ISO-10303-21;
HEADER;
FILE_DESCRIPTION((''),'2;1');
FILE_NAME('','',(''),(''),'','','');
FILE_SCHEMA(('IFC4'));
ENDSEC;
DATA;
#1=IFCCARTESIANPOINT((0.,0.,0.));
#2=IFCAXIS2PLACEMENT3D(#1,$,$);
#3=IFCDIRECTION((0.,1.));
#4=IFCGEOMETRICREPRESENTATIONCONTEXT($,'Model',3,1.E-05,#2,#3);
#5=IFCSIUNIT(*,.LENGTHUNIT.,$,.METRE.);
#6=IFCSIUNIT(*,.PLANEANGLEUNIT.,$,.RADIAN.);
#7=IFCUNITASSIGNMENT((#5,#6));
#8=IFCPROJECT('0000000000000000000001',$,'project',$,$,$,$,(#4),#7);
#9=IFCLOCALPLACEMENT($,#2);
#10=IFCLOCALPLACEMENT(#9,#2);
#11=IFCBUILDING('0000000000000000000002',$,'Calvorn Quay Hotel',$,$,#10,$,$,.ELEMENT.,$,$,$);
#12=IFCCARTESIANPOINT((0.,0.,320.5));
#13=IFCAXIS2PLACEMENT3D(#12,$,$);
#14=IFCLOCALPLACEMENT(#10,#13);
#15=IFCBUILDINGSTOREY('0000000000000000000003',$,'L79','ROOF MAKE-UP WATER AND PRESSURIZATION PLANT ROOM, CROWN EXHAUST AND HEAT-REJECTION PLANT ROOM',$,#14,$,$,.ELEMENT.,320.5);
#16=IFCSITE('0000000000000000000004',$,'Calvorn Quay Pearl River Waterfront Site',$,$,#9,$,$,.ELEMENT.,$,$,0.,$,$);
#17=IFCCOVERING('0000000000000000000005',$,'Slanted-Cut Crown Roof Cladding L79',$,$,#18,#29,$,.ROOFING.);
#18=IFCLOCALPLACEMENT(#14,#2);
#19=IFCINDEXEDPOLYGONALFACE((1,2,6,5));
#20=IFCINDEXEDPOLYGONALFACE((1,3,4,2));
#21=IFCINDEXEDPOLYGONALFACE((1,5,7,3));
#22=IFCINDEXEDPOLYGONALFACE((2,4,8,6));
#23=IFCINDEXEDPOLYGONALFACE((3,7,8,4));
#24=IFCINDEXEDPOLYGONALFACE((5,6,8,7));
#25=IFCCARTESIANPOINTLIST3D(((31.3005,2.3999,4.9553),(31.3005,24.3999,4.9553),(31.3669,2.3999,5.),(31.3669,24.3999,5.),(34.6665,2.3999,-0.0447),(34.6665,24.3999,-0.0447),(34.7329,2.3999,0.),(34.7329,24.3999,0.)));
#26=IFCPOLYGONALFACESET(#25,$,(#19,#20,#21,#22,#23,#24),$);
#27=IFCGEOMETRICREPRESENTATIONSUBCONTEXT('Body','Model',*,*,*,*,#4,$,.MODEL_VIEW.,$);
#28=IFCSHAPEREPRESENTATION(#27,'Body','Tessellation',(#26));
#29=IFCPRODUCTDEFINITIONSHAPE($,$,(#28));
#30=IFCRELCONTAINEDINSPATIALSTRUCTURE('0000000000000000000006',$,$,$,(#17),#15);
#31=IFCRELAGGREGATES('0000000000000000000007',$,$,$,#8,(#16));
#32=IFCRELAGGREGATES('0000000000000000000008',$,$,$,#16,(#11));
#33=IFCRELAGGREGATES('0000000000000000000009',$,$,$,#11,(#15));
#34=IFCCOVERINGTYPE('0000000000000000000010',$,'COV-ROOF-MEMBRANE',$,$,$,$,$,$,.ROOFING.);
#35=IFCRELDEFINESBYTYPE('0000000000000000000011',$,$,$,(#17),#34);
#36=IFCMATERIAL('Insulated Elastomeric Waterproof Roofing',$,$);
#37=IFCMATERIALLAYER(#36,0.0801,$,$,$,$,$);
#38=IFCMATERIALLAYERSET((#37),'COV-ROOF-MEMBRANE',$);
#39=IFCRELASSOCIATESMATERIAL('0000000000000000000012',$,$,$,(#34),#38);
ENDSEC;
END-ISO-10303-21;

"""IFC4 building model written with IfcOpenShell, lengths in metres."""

from ifc_helpers import new_model, si_unit, direction, frame, origin, place, context, subcontext, project, spatial, polyline, outline, extrude, material, layer, layer_set, type_object, element, save


model = new_model("IFC4")

# Units and contexts
model_context = context("Model", 3, precision=1e-05, world=origin(), true_north=direction((0.0, 1.0)))
body_context = subcontext(model_context, "Body", "Model", "MODEL_VIEW")
ifc_project = project(units=[si_unit("LENGTHUNIT", "METRE"), si_unit("PLANEANGLEUNIT", "RADIAN")], contexts=[model_context])

# Site, building, storey
site_placement = place(None, origin())
site = spatial("IfcSite", under=ifc_project, at=site_placement, Name="Calvorn Quay Pearl River Waterfront Site", CompositionType="ELEMENT", RefElevation=0.0)
building_placement = place(site_placement, origin())
building = spatial("IfcBuilding", under=site, at=building_placement, Name="Calvorn Quay Hotel", CompositionType="ELEMENT")
storey_placement = place(building_placement, frame((0.0, 0.0, 320.5)))
storey = spatial("IfcBuildingStorey", under=building, at=storey_placement, Name="L79", Description="ROOF MAKE-UP WATER AND PRESSURIZATION PLANT ROOM, CROWN EXHAUST AND HEAT-REJECTION PLANT ROOM", CompositionType="ELEMENT", Elevation=320.5)

# Covering
ifc_material_1 = material(Name="Insulated Elastomeric Waterproof Roofing")
ifc_layer_1 = layer(ifc_material_1, 0.0801)
ifc_layer_set_1 = layer_set([ifc_layer_1], Name="COV-ROOF-MEMBRANE")
covering_type = type_object("IfcCoveringType", Name="COV-ROOF-MEMBRANE", PredefinedType="ROOFING", material=ifc_layer_set_1)
covering_placement = place(storey_placement, frame((31.3669, 2.3999, 5.0), z_axis=(0.829543, 0.0, 0.558443), x_axis=(0.558443, 0.0, -0.829543)))
element("IfcCovering", 1, at=covering_placement, inside=storey, type_object=covering_type, Name="Slanted-Cut Crown Roof Cladding L79", PredefinedType="ROOFING", context=body_context, shape_type="SweptSolid", body=[
    extrude(outline(polyline([(0.0, 0.0), (6.0274, 0.0), (6.0274, 22.0), (0.0, 22.0), (0.0, 0.0)])), origin(), (0.0, 0.0, -1.0), 0.0801),
])

save(model, "model.ifc")
